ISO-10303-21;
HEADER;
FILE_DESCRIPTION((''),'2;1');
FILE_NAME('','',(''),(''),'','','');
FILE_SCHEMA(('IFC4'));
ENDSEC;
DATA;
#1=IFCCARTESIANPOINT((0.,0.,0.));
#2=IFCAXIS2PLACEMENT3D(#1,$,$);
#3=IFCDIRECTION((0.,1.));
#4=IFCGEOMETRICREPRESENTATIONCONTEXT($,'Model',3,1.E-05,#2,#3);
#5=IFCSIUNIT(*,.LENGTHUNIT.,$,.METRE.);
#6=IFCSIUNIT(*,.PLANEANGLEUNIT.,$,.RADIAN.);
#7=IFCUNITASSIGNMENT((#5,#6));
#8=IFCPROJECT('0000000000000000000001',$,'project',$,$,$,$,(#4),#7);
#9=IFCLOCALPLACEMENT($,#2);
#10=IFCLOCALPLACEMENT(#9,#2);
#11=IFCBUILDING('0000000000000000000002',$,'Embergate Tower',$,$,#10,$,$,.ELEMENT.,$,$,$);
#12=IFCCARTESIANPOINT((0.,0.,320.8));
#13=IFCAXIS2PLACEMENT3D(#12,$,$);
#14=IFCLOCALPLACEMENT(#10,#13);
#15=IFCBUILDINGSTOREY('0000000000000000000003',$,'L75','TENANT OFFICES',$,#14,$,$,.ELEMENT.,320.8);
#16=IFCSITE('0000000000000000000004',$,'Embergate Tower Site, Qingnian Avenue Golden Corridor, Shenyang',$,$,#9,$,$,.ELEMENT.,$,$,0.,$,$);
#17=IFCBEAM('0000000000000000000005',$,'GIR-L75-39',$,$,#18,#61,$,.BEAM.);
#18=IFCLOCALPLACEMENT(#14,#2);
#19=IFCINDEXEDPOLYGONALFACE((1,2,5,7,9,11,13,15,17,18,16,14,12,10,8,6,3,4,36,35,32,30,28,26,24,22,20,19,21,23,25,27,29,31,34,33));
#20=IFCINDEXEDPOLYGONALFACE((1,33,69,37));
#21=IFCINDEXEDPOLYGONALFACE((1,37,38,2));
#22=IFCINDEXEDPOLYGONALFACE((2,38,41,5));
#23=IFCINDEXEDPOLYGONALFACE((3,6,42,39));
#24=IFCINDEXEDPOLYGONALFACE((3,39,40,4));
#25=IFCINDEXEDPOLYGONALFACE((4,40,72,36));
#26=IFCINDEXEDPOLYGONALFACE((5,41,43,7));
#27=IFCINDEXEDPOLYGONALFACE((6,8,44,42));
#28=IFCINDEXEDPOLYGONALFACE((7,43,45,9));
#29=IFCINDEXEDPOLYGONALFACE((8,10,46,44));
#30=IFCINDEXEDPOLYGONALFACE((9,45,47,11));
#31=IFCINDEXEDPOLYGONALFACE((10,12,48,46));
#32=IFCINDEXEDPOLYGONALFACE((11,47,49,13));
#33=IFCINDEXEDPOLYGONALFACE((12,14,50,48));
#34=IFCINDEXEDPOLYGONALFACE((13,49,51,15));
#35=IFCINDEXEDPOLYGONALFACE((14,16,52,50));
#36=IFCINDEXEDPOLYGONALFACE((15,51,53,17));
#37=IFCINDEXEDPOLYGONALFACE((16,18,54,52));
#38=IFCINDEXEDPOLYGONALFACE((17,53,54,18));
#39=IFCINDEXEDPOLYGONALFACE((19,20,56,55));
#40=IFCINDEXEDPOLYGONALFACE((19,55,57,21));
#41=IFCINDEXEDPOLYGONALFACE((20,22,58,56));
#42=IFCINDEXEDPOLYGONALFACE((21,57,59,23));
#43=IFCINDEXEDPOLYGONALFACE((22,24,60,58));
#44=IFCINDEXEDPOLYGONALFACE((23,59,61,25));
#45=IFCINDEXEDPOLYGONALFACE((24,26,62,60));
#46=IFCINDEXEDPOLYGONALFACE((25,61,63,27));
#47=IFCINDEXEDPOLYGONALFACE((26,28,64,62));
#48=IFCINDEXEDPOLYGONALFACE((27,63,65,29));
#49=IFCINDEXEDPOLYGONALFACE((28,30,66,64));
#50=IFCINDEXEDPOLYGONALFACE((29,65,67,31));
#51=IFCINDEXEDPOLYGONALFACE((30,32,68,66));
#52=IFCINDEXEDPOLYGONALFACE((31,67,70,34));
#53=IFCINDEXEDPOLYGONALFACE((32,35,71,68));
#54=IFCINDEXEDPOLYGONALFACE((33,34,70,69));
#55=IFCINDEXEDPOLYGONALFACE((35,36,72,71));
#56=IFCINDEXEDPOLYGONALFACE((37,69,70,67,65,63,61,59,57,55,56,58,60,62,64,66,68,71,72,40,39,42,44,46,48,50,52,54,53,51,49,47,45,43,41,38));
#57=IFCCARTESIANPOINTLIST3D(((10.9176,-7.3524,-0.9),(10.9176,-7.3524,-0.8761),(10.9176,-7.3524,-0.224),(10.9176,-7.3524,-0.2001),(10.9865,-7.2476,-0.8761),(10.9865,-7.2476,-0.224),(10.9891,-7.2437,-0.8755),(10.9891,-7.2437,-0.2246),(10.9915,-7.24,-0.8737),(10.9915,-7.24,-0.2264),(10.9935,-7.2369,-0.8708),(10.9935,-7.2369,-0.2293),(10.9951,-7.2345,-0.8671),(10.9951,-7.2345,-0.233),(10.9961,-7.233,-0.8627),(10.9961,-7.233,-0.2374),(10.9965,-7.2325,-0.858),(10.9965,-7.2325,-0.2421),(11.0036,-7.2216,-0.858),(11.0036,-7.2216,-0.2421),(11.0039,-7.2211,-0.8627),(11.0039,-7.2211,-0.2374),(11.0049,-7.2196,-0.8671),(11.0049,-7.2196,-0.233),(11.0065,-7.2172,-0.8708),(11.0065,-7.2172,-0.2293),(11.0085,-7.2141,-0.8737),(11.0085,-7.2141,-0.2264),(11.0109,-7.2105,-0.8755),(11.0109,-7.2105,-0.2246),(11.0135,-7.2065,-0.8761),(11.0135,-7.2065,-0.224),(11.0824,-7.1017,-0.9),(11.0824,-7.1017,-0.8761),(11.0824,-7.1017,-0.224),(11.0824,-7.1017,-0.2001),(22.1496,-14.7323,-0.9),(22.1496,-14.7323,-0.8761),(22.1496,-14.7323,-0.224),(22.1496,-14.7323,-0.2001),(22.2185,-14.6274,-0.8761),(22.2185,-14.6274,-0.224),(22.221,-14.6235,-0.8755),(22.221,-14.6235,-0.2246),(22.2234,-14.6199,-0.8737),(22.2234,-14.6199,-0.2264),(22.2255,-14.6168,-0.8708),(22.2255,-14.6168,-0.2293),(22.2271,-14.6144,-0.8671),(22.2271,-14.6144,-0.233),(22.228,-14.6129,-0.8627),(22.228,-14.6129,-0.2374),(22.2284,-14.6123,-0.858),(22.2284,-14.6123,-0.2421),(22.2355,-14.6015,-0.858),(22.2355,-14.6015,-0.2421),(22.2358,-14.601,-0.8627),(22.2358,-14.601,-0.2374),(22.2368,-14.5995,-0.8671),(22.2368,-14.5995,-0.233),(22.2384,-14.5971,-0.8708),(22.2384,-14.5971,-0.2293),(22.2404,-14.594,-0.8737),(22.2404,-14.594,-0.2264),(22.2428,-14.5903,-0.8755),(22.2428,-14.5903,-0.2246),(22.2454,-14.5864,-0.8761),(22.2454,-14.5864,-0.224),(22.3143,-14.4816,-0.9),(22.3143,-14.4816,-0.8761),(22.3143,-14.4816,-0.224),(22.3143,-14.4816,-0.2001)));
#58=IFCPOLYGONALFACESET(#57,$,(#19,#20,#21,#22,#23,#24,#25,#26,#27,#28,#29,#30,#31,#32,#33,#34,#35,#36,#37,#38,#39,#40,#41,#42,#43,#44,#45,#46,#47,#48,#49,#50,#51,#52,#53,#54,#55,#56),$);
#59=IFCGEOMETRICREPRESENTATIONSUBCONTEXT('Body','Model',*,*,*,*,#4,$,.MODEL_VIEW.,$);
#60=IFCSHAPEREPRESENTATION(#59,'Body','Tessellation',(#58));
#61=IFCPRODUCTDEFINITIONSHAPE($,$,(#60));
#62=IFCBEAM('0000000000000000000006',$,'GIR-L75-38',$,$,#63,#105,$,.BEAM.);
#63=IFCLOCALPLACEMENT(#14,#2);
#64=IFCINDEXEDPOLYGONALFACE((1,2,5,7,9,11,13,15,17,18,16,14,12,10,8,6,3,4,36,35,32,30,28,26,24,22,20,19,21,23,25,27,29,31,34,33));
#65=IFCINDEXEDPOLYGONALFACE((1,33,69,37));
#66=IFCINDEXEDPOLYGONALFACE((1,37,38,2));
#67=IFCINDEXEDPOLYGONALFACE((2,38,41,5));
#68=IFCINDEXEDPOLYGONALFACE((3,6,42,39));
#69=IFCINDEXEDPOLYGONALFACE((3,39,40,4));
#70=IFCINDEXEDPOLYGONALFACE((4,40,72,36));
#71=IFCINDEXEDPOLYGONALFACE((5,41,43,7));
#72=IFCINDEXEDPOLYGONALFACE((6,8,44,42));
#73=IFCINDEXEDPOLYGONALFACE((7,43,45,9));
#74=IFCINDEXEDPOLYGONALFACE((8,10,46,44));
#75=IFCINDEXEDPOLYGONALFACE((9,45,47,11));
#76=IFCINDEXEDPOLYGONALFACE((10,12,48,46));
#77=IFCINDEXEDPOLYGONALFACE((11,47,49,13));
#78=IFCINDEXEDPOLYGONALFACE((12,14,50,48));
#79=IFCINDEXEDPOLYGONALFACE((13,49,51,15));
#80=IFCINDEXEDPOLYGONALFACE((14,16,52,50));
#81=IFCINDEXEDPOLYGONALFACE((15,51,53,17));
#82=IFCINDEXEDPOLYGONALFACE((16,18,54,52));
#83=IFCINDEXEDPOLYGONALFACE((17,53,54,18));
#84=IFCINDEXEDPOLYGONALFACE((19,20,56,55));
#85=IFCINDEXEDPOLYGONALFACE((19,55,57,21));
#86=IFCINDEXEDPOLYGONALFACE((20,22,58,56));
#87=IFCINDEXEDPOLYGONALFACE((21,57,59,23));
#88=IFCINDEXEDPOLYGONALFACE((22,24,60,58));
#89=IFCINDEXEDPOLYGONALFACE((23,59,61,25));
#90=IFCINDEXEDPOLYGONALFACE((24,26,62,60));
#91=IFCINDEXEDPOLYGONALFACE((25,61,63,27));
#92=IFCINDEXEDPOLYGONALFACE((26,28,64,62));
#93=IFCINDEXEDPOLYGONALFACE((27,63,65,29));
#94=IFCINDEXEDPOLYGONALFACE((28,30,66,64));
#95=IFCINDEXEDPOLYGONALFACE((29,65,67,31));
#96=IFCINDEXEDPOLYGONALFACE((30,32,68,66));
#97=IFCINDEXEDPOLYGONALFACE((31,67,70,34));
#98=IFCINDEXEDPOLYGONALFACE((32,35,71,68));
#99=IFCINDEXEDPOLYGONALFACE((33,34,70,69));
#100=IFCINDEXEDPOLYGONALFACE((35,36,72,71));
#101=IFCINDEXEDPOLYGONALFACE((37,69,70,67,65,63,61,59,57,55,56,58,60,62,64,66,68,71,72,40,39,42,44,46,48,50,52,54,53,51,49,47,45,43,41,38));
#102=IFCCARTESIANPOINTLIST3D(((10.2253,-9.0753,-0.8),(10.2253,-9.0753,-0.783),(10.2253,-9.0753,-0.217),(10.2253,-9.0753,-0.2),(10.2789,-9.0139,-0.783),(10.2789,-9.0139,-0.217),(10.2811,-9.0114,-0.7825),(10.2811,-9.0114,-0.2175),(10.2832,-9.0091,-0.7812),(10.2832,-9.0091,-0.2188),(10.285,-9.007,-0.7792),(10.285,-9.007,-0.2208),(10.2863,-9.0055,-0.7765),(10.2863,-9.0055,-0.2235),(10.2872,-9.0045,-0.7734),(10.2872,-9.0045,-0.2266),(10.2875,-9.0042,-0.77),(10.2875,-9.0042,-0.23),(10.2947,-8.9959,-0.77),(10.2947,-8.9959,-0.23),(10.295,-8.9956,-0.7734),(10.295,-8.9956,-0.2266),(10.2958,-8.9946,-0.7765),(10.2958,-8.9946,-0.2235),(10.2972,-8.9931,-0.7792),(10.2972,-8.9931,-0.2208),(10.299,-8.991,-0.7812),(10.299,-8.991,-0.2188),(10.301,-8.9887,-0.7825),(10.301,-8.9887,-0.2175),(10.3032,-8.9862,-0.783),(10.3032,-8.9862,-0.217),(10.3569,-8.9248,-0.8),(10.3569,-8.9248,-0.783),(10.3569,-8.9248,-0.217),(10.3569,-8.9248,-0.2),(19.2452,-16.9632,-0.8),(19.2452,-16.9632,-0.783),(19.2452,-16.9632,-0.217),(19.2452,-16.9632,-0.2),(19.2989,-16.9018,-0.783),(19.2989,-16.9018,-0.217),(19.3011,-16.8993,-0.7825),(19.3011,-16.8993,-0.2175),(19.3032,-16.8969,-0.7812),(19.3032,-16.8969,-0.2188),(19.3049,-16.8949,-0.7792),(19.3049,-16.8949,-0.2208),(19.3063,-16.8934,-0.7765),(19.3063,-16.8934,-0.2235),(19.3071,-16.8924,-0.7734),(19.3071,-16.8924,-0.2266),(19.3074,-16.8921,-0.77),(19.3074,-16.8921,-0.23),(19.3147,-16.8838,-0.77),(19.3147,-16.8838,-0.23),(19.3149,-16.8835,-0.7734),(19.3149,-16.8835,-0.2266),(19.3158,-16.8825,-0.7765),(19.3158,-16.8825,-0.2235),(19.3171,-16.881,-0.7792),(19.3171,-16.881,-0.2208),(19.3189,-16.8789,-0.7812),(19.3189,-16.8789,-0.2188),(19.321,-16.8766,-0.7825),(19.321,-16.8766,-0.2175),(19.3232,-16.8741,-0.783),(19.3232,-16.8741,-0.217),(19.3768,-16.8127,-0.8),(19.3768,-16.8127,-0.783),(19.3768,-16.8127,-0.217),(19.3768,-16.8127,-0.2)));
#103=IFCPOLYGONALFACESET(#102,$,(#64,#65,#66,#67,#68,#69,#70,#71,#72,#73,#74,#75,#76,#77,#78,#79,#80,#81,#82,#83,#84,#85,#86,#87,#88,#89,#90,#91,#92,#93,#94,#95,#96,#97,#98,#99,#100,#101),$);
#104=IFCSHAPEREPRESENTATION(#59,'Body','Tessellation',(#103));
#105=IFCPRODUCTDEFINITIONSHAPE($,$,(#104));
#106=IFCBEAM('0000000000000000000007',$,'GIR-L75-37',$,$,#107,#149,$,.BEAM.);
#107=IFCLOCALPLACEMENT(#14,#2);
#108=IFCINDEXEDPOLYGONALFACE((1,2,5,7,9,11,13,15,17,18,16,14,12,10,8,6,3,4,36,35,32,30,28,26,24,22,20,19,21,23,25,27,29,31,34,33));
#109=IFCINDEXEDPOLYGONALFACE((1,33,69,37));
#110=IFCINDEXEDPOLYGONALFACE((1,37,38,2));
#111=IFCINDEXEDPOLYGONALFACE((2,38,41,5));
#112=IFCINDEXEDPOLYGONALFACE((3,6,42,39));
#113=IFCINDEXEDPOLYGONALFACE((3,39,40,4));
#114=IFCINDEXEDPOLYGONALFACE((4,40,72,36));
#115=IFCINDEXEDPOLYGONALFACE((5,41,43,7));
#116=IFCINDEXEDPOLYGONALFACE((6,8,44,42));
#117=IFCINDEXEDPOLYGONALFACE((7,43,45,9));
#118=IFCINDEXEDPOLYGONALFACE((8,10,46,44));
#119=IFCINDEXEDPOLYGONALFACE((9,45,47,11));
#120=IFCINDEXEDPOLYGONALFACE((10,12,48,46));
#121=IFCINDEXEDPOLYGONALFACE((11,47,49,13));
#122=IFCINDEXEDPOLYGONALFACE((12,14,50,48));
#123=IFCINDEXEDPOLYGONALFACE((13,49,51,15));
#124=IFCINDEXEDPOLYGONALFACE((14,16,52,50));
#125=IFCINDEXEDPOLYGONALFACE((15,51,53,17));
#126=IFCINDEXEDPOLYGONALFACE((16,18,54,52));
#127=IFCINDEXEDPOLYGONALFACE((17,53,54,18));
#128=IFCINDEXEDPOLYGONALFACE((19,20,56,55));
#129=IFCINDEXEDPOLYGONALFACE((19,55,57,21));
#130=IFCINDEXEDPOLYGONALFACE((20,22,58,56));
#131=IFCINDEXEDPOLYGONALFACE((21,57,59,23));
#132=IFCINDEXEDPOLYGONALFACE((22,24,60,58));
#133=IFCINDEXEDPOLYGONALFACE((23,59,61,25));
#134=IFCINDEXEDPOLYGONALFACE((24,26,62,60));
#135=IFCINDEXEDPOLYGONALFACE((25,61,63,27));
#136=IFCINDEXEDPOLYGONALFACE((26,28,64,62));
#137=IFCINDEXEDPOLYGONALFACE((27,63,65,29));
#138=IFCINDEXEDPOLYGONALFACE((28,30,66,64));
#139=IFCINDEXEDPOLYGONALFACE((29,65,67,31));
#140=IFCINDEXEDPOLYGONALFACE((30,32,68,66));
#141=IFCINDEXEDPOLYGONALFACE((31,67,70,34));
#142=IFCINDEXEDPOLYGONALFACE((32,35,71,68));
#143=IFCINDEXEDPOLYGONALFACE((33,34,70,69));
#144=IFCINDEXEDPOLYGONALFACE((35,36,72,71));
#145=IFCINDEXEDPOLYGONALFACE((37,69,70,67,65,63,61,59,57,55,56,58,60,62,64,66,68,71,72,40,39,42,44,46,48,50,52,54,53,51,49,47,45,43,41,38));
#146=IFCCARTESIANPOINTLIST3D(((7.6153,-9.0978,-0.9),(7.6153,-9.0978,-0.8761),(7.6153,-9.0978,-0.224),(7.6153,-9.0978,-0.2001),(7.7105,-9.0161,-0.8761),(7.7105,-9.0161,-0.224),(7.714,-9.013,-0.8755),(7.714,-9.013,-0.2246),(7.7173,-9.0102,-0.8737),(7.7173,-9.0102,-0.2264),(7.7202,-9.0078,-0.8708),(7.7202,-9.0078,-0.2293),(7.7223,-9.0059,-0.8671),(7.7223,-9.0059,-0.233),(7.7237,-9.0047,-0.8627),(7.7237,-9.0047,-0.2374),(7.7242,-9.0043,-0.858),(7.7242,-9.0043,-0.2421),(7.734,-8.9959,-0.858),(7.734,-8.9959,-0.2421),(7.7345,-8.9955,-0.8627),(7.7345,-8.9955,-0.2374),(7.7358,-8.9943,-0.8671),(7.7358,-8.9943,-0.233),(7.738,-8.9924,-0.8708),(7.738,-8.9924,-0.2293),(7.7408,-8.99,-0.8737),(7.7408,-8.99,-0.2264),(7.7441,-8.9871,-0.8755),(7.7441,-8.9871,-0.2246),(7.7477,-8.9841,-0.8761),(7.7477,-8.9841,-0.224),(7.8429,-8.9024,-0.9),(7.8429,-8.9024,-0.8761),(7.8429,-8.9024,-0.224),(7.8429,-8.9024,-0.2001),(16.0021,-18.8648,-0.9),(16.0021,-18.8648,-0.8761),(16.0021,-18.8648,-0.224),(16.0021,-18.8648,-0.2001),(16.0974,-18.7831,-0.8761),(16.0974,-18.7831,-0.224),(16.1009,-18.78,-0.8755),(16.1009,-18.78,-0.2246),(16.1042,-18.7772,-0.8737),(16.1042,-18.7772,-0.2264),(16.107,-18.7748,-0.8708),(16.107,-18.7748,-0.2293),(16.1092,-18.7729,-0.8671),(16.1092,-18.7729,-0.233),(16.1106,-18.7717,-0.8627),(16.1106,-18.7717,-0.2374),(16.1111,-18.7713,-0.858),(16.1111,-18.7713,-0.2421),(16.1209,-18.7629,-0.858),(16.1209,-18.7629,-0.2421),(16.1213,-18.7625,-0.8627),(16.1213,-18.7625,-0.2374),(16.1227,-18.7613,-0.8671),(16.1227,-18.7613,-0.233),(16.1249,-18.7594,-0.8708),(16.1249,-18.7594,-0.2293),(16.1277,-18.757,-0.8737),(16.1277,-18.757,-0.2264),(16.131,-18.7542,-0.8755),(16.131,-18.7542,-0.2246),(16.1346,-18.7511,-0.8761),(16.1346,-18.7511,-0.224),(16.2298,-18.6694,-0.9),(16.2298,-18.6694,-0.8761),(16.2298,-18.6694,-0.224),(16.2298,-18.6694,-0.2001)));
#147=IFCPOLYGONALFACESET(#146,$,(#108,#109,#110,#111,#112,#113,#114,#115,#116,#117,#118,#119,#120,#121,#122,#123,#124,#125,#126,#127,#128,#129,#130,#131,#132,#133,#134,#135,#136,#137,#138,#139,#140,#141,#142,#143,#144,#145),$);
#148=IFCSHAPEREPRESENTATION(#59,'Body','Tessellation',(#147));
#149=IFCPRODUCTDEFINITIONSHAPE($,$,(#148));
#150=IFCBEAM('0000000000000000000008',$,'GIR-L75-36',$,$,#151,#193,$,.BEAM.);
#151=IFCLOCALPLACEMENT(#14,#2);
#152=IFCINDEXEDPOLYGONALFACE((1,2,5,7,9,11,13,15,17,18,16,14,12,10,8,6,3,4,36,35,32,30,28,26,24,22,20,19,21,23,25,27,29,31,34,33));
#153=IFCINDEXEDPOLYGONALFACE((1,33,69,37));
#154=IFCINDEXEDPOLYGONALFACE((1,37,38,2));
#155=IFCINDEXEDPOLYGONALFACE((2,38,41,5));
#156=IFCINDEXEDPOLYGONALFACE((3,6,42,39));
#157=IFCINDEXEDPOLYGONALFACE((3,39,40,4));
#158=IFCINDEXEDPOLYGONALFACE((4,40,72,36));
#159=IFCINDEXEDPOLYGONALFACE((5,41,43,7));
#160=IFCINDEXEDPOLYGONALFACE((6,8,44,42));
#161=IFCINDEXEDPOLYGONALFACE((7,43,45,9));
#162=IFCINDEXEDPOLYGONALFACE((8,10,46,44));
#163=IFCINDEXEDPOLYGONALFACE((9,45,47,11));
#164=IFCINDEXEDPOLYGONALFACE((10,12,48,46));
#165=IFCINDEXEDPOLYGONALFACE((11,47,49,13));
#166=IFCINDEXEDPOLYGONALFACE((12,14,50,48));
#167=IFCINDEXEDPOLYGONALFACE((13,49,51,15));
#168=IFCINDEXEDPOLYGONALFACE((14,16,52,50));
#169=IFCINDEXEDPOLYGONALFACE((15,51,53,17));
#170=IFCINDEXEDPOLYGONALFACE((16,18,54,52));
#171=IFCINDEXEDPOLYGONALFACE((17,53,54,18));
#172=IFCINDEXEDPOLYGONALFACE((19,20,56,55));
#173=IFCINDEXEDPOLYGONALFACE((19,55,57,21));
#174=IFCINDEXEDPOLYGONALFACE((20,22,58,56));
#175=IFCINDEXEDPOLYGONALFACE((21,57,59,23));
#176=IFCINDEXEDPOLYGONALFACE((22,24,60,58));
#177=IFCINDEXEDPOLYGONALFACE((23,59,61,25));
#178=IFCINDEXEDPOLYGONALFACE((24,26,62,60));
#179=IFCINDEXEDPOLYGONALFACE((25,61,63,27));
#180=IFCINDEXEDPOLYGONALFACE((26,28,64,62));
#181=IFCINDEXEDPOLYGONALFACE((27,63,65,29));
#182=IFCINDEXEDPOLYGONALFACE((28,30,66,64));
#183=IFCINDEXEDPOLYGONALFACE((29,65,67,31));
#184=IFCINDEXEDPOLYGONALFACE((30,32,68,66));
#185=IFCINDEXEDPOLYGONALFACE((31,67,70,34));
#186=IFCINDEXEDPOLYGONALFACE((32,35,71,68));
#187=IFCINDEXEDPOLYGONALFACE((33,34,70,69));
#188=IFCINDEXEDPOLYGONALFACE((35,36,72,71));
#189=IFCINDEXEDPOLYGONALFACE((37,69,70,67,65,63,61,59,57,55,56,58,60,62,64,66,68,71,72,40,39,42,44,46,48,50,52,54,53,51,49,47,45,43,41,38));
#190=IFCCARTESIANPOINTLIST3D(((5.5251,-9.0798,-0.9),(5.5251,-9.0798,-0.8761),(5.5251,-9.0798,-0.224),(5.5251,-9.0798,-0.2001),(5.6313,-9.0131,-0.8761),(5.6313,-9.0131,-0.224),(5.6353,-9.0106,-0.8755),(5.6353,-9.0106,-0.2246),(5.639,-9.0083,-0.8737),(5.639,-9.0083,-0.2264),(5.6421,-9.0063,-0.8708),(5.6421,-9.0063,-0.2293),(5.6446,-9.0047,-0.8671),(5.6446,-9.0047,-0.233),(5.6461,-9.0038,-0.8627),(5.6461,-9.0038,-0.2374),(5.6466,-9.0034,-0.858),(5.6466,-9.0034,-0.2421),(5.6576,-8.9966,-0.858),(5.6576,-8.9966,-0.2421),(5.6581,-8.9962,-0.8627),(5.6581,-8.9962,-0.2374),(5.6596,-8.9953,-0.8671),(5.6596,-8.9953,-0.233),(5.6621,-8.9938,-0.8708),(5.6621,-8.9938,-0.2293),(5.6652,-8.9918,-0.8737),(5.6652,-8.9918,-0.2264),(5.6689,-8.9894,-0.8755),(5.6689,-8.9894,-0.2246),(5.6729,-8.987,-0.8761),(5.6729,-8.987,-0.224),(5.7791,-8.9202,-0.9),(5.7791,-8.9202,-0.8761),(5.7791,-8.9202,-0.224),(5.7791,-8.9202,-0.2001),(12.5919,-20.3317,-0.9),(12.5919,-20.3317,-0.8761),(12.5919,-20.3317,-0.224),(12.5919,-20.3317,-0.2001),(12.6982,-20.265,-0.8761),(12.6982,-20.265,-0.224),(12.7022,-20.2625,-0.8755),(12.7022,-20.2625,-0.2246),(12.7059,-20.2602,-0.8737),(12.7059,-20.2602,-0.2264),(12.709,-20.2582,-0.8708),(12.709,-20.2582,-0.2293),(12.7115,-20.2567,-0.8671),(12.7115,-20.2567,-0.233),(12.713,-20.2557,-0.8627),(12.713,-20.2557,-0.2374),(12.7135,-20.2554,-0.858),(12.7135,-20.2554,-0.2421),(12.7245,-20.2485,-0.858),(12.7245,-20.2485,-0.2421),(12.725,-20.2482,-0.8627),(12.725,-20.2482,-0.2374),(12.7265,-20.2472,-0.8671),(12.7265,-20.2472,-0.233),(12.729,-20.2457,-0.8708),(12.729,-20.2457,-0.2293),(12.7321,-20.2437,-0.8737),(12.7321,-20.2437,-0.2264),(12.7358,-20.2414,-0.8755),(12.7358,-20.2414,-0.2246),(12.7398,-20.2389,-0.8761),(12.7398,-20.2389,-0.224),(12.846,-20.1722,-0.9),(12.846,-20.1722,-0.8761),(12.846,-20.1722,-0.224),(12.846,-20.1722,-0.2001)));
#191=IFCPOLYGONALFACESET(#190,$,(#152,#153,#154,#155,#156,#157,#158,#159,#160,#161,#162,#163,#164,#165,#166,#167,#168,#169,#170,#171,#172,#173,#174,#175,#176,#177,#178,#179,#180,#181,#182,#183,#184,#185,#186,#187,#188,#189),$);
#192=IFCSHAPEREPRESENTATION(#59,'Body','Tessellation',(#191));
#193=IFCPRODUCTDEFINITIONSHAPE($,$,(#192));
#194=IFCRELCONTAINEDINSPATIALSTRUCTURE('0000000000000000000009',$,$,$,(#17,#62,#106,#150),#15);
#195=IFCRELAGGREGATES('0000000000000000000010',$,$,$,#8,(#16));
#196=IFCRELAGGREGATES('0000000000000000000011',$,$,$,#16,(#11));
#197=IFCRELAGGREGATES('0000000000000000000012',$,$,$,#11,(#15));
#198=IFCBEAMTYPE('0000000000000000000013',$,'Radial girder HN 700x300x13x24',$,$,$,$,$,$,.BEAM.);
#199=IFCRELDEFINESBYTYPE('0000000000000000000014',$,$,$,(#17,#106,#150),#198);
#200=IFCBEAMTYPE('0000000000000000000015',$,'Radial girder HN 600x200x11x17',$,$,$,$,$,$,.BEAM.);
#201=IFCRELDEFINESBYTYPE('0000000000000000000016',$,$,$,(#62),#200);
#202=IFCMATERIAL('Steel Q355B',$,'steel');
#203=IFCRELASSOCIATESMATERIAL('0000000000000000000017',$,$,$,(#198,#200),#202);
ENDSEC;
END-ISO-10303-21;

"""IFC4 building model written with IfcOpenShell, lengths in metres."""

from ifc_helpers import new_model, si_unit, direction, frame, origin, origin_2d, place, context, subcontext, project, spatial, i_section, extrude, source, transform, mapped, material, material_profile, profile_set, type_object, element, save


model = new_model("IFC4")

# Units and contexts
model_context = context("Model", 3, precision=1e-05, world=origin(), true_north=direction((0.0, 1.0)))
body_context = subcontext(model_context, "Body", "Model", "MODEL_VIEW")
ifc_project = project(units=[si_unit("LENGTHUNIT", "METRE"), si_unit("PLANEANGLEUNIT", "RADIAN")], contexts=[model_context])

# Site, building, storey
site_placement = place(None, origin())
site = spatial("IfcSite", under=ifc_project, at=site_placement, Name="Embergate Tower Site, Qingnian Avenue Golden Corridor, Shenyang", CompositionType="ELEMENT", RefElevation=0.0)
building_placement = place(site_placement, origin())
building = spatial("IfcBuilding", under=site, at=building_placement, Name="Embergate Tower", CompositionType="ELEMENT")
storey_placement = place(building_placement, frame((0.0, 0.0, 320.8)))
storey = spatial("IfcBuildingStorey", under=building, at=storey_placement, Name="L75", Description="TENANT OFFICES", CompositionType="ELEMENT", Elevation=320.8)

# Beams
ifc_material_1 = material(Name="Steel Q355B", Category="steel")
ifc_material_profile_1 = material_profile(ifc_material_1, i_section(OverallWidth=0.3, OverallDepth=0.7, WebThickness=0.0129, FlangeThickness=0.0239, FilletRadius=0.0181, at=origin_2d()), Name="HN 700x300x13x24")
ifc_profile_set_1 = profile_set([ifc_material_profile_1], Name="Steel Q355 grade B")
beam_type_1 = type_object("IfcBeamType", Name="Radial girder HN 700x300x13x24", PredefinedType="BEAM", material=ifc_profile_set_1)
shared_shape_1 = source(origin(), body_context, "Body", "SweptSolid", [
    extrude(i_section(OverallWidth=0.3, OverallDepth=0.7, WebThickness=0.0129, FlangeThickness=0.0239, FilletRadius=0.0181, at=origin_2d()), origin(), (0.0, 0.0, 1.0), 13.4395),
])
beam_1_placement = place(storey_placement, frame((22.2319, -14.6069, -0.55), z_axis=(-0.835743, 0.549121, 0.0), x_axis=(-0.549121, -0.835743, 0.0)))
element("IfcBeam", 1, at=beam_1_placement, inside=storey, type_object=beam_type_1, Name="GIR-L75-39", PredefinedType="BEAM", context=body_context, shape_type="MappedRepresentation", body=[
    mapped(shared_shape_1, transform((0.0, 0.0, 0.0))),
])
ifc_material_profile_2 = material_profile(ifc_material_1, i_section(OverallWidth=0.2, OverallDepth=0.6001, WebThickness=0.011, FlangeThickness=0.0171, FilletRadius=0.0129, at=origin_2d()), Name="HN 600x200x11x17")
ifc_profile_set_2 = profile_set([ifc_material_profile_2], Name="Steel Q355 grade B")
beam_type_2 = type_object("IfcBeamType", Name="Radial girder HN 600x200x11x17", PredefinedType="BEAM", material=ifc_profile_set_2)
shared_shape_2 = source(origin(), body_context, "Body", "SweptSolid", [
    extrude(i_section(OverallWidth=0.2, OverallDepth=0.6001, WebThickness=0.011, FlangeThickness=0.0171, FilletRadius=0.0129, at=origin_2d()), origin(), (0.0, 0.0, 1.0), 11.9824),
])
beam_2_placement = place(storey_placement, frame((19.311, -16.8879, -0.5), z_axis=(-0.752766, 0.658288, 0.0), x_axis=(-0.658288, -0.752766, 0.0)))
element("IfcBeam", 2, at=beam_2_placement, inside=storey, type_object=beam_type_2, Name="GIR-L75-38", PredefinedType="BEAM", context=body_context, shape_type="MappedRepresentation", body=[
    mapped(shared_shape_2, transform((0.0, 0.0, 0.0))),
])
shared_shape_3 = source(origin(), body_context, "Body", "SweptSolid", [
    extrude(i_section(OverallWidth=0.3, OverallDepth=0.7, WebThickness=0.0129, FlangeThickness=0.0239, FilletRadius=0.0181, at=origin_2d()), origin(), (0.0, 0.0, 1.0), 12.8738),
])
beam_3_placement = place(storey_placement, frame((16.116, -18.7671, -0.55), z_axis=(-0.65147, 0.758674, 0.0), x_axis=(-0.758674, -0.65147, 0.0)))
element("IfcBeam", 3, at=beam_3_placement, inside=storey, type_object=beam_type_1, Name="GIR-L75-37", PredefinedType="BEAM", context=body_context, shape_type="MappedRepresentation", body=[
    mapped(shared_shape_3, transform((0.0, 0.0, 0.0))),
])
shared_shape_4 = source(origin(), body_context, "Body", "SweptSolid", [
    extrude(i_section(OverallWidth=0.3, OverallDepth=0.7, WebThickness=0.0129, FlangeThickness=0.0239, FilletRadius=0.0181, at=origin_2d()), origin(), (0.0, 0.0, 1.0), 13.2871),
])
beam_4_placement = place(storey_placement, frame((12.719, -20.252, -0.55), z_axis=(-0.531861, 0.846832, 0.0), x_axis=(-0.846832, -0.531861, 0.0)))
element("IfcBeam", 4, at=beam_4_placement, inside=storey, type_object=beam_type_1, Name="GIR-L75-36", PredefinedType="BEAM", context=body_context, shape_type="MappedRepresentation", body=[
    mapped(shared_shape_4, transform((0.0, 0.0, 0.0))),
])

save(model, "model.ifc")
